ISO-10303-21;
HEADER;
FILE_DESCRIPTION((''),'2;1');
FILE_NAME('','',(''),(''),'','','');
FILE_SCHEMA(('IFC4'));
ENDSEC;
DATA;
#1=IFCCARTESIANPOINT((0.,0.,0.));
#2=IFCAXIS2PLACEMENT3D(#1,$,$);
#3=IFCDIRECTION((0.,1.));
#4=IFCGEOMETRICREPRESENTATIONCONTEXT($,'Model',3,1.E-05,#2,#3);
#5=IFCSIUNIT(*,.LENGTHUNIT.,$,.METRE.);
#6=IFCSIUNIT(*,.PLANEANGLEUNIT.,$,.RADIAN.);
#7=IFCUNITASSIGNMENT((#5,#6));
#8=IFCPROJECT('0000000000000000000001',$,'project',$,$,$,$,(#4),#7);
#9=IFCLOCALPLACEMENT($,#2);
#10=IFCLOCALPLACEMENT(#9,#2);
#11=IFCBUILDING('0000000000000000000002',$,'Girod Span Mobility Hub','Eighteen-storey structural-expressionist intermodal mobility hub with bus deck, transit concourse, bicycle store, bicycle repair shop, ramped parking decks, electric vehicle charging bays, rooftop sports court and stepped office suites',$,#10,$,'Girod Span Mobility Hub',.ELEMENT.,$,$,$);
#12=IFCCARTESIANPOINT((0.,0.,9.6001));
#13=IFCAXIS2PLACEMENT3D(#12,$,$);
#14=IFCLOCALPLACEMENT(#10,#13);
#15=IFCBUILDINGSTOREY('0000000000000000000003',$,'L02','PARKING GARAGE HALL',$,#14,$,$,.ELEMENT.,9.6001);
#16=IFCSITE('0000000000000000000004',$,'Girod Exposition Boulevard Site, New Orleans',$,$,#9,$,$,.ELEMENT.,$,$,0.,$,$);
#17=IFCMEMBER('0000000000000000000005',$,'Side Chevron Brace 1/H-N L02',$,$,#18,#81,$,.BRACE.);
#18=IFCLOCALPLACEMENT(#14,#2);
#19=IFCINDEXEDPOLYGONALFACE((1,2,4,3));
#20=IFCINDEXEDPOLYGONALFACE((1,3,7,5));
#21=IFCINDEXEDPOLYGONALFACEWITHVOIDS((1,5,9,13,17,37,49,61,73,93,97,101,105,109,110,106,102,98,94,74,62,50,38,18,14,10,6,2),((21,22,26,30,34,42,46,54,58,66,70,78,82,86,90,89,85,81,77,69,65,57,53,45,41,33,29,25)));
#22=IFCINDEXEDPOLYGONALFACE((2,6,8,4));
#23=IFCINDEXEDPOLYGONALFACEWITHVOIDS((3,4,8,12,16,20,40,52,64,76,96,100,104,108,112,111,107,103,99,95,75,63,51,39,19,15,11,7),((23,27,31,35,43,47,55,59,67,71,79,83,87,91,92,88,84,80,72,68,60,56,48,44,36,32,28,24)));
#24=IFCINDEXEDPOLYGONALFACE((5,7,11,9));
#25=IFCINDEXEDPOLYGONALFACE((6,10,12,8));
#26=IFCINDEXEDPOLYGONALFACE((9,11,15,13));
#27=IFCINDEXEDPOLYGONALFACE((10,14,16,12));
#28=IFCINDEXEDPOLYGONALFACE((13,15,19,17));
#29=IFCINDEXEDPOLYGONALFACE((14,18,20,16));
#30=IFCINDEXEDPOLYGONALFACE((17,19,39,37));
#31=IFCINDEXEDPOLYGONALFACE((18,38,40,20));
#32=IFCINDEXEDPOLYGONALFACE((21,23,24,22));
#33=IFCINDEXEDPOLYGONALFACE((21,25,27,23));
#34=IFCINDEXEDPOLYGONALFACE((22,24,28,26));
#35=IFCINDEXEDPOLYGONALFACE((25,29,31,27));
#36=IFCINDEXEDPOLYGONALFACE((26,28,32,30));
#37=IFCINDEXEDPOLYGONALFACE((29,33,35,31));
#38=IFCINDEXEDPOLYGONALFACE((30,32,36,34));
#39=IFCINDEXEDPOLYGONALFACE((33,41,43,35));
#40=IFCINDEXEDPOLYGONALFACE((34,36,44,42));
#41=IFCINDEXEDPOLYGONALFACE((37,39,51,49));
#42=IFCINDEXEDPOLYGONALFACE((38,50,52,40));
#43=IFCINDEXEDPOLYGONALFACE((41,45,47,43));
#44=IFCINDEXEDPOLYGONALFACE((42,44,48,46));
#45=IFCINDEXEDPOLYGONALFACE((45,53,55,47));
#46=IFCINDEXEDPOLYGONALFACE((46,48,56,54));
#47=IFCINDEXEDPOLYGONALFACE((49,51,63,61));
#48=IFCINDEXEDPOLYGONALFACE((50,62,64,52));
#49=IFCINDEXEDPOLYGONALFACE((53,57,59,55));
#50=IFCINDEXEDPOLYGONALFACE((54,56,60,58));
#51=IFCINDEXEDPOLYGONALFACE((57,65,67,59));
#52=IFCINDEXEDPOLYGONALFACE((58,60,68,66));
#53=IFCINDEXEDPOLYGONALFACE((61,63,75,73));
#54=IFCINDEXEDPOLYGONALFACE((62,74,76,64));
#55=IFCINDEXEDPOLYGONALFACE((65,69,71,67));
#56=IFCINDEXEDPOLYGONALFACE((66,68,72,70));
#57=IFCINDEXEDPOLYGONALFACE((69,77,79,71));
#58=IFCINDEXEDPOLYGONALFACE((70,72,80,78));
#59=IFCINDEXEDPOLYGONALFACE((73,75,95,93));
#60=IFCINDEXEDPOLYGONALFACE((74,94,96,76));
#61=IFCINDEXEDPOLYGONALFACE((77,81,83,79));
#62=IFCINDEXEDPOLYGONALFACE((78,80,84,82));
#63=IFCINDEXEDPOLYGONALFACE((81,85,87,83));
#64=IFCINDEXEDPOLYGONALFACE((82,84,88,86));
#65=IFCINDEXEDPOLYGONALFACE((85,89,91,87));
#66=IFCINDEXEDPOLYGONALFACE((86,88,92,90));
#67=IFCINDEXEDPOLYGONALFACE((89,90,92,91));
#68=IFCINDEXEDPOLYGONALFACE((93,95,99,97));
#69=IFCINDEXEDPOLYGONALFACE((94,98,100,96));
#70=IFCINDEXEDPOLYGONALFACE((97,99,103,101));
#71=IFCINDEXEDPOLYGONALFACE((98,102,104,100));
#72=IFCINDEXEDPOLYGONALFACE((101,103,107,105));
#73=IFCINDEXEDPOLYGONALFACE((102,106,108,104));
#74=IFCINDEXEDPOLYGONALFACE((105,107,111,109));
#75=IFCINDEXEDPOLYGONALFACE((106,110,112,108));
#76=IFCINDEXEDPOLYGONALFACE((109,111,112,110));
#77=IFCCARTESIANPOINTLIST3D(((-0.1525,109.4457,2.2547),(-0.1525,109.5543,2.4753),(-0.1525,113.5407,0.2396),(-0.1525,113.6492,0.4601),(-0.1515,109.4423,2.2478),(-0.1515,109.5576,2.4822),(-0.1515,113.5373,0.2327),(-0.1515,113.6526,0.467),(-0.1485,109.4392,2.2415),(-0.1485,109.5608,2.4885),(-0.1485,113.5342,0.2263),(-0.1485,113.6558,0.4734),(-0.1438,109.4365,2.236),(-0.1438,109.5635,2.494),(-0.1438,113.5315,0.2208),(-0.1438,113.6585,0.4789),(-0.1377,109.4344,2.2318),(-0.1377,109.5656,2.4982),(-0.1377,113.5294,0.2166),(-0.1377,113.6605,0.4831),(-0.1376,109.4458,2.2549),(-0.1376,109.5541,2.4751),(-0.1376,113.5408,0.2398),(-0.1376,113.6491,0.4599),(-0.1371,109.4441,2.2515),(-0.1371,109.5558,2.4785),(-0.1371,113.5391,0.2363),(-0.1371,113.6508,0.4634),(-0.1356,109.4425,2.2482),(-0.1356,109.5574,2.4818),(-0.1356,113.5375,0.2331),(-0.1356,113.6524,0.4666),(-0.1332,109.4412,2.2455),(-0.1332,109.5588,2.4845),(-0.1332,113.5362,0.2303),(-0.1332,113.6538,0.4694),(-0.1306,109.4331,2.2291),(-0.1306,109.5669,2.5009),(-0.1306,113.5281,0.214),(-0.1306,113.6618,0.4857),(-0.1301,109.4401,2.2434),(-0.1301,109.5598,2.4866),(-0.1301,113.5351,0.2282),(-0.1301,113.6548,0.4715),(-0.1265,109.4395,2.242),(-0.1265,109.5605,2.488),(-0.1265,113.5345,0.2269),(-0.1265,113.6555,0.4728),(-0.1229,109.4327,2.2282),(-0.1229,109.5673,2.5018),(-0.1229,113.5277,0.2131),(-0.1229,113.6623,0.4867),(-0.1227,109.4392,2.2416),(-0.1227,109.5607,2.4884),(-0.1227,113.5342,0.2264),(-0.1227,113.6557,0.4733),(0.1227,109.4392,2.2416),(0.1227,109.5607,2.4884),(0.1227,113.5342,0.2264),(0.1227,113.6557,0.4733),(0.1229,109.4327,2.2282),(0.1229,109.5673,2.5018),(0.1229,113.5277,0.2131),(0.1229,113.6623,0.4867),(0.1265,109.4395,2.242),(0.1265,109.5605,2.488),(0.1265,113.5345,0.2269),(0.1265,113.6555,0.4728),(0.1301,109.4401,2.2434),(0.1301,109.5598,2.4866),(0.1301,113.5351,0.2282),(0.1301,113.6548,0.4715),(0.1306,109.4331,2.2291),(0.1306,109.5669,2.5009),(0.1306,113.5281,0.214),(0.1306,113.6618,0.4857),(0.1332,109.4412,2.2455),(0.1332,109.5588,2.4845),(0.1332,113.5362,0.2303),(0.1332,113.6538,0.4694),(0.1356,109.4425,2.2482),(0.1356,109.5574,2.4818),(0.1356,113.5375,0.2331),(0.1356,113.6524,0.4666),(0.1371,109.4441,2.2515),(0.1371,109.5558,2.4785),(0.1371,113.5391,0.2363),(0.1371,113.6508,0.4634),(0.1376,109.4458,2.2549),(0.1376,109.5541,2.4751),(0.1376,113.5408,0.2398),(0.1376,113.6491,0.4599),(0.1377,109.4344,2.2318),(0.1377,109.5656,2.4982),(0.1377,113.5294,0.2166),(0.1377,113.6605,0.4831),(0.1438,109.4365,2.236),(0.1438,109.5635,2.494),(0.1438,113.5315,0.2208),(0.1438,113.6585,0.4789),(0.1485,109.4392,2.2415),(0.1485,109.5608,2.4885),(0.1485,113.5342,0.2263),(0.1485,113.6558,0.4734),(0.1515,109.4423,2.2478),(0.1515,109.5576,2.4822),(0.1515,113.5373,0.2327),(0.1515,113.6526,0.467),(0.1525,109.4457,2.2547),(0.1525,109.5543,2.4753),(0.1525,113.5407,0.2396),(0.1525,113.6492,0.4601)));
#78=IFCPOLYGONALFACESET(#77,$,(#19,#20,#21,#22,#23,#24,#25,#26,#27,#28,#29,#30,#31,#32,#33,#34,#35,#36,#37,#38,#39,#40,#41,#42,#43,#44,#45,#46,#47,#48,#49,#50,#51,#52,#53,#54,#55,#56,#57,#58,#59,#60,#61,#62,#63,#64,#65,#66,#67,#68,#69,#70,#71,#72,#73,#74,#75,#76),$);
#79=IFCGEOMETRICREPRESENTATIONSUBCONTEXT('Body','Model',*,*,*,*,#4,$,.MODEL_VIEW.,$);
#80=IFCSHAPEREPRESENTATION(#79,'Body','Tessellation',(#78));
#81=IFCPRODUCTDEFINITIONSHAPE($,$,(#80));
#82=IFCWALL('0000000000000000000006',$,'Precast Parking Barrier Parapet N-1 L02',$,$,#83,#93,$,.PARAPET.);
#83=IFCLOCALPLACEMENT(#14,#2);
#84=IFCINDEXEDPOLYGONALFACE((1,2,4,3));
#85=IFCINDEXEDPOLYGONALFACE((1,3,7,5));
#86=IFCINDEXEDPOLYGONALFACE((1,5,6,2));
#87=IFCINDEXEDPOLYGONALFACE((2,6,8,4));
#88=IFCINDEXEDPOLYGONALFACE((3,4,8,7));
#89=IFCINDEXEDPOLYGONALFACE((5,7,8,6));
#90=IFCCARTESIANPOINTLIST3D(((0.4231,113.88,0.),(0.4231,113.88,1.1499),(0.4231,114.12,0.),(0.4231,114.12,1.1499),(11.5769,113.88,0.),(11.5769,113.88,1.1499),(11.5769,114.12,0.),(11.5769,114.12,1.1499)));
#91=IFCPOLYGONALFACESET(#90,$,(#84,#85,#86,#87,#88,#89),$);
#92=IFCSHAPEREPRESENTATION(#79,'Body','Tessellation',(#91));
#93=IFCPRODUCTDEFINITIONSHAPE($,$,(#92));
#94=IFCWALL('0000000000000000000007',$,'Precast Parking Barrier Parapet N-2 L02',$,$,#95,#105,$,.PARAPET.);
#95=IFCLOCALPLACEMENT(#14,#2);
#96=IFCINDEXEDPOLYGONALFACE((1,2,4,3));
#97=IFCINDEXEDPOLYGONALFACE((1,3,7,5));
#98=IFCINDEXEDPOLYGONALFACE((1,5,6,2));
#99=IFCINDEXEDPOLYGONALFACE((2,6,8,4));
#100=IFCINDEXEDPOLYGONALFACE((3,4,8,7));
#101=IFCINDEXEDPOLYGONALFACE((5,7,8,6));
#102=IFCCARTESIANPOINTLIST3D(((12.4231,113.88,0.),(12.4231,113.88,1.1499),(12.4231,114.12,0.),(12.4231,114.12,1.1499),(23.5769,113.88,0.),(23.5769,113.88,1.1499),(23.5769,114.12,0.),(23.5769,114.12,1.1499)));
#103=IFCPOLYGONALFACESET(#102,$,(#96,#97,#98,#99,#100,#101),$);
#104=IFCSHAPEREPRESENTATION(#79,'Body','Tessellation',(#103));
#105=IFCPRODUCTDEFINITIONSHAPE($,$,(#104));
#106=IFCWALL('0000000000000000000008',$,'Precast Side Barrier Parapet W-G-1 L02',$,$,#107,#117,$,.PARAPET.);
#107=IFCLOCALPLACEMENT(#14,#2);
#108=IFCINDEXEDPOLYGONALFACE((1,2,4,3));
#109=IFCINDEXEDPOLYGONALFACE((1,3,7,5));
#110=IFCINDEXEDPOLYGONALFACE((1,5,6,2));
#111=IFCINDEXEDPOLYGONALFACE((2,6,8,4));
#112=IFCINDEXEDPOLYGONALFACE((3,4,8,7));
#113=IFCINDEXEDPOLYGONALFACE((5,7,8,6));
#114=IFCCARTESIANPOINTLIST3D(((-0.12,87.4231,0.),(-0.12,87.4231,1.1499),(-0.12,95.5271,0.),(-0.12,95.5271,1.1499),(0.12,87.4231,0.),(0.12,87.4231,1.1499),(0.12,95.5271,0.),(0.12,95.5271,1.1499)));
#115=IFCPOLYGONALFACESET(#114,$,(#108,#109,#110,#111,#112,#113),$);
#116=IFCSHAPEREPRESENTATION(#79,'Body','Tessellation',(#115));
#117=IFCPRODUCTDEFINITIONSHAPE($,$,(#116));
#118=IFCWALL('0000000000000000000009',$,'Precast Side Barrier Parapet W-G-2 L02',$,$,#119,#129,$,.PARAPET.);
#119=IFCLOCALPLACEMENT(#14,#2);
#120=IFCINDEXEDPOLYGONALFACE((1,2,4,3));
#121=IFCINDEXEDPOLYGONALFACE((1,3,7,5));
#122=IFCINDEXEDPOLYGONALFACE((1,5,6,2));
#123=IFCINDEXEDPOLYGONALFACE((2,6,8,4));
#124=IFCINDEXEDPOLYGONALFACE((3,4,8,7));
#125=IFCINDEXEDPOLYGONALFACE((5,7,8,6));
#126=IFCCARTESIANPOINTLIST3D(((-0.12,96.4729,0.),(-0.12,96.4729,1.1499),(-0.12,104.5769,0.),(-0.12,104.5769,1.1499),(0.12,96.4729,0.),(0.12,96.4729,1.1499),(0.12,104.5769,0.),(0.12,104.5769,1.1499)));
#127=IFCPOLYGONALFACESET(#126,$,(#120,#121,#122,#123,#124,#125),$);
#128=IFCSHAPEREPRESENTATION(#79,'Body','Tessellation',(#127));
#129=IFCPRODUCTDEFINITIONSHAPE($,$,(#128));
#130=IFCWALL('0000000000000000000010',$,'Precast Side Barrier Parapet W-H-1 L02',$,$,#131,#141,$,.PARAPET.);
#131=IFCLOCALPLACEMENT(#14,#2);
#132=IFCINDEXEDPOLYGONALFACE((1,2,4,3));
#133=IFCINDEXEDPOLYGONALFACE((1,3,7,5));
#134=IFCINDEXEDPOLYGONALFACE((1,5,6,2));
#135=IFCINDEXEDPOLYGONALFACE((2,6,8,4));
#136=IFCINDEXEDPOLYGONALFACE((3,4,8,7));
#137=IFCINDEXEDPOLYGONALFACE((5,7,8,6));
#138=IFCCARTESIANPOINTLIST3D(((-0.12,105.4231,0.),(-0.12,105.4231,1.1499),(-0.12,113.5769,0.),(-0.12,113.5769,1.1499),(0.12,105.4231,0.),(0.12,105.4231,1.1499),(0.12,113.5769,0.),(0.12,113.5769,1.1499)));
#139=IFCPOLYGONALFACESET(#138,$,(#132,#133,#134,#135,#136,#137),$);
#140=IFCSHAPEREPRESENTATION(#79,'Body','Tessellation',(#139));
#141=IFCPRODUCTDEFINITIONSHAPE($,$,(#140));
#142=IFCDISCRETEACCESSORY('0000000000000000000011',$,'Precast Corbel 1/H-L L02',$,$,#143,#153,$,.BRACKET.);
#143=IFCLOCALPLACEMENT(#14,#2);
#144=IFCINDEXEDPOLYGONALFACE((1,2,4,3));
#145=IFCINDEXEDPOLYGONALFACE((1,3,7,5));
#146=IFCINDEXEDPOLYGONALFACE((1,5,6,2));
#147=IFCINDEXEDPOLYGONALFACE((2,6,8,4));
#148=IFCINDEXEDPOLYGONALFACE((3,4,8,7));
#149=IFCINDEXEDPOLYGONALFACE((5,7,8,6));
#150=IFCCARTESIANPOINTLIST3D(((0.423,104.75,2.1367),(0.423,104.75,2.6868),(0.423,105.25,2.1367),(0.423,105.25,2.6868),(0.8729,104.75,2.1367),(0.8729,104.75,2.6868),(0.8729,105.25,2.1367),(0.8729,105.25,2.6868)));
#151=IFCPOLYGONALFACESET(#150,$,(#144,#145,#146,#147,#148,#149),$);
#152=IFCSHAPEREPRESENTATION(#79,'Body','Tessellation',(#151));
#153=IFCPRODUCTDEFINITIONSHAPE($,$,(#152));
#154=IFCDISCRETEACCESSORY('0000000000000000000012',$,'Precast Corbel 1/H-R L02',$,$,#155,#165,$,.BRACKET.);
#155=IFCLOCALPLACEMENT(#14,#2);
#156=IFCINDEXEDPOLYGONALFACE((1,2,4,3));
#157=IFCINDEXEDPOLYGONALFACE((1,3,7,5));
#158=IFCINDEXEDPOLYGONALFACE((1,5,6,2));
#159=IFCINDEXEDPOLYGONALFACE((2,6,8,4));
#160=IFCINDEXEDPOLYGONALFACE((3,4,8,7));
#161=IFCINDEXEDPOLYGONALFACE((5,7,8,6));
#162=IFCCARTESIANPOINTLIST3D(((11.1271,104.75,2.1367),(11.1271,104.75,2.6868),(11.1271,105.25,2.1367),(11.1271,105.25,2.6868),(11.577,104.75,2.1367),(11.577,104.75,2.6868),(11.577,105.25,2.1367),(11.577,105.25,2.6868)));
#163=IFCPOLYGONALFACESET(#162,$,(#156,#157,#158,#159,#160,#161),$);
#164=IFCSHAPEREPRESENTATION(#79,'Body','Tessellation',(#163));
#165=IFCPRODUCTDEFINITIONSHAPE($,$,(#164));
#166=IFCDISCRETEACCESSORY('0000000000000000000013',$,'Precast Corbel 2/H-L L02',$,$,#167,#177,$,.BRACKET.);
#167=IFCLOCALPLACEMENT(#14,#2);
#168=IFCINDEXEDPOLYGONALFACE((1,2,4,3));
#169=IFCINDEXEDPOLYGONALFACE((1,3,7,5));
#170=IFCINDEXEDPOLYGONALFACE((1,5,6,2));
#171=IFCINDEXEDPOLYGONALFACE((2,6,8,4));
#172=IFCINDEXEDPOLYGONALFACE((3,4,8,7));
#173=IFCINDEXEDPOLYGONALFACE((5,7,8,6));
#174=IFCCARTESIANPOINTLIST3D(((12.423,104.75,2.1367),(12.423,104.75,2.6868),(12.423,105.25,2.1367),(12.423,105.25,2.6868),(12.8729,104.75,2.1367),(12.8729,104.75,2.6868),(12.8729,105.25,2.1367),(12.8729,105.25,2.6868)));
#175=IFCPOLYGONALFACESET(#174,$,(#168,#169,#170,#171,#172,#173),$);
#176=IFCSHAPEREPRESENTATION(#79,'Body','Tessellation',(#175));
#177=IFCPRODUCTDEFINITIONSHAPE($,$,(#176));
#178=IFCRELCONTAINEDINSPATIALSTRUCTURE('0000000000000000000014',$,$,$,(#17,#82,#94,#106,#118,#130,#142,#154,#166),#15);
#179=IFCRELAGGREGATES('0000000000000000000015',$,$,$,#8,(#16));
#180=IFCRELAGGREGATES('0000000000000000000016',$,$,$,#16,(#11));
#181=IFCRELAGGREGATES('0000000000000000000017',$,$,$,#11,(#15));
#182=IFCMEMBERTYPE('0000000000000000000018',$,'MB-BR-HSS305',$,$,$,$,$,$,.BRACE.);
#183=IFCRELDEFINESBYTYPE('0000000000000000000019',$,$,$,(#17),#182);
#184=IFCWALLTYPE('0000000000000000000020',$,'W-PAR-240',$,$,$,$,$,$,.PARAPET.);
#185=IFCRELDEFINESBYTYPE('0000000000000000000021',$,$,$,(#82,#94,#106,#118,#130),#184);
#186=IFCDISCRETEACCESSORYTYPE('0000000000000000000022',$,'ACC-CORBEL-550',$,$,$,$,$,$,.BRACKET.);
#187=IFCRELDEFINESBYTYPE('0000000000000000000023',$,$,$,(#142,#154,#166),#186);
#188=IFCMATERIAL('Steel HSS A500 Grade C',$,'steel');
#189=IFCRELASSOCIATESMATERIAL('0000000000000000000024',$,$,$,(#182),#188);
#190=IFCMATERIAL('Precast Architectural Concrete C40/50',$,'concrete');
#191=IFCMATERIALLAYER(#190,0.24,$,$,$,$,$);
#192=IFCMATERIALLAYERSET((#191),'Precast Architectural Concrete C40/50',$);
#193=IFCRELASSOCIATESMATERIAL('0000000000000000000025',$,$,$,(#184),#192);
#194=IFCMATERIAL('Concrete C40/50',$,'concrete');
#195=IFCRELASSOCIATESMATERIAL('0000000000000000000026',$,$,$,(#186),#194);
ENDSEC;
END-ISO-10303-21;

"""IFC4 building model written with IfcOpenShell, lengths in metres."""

from ifc_helpers import new_model, si_unit, direction, frame, frame_2d, origin, origin_2d, place, context, subcontext, project, spatial, rectangle, hollow_rectangle, extrude, material, layer, layer_set, material_profile, profile_set, type_object, element, save


model = new_model("IFC4")

# Units and contexts
model_context = context("Model", 3, precision=1e-05, world=origin(), true_north=direction((0.0, 1.0)))
body_context = subcontext(model_context, "Body", "Model", "MODEL_VIEW")
ifc_project = project(units=[si_unit("LENGTHUNIT", "METRE"), si_unit("PLANEANGLEUNIT", "RADIAN")], contexts=[model_context])

# Site, building, storey
site_placement = place(None, origin())
site = spatial("IfcSite", under=ifc_project, at=site_placement, Name="Girod Exposition Boulevard Site, New Orleans", CompositionType="ELEMENT", RefElevation=0.0)
building_placement = place(site_placement, origin())
building = spatial("IfcBuilding", under=site, at=building_placement, Name="Girod Span Mobility Hub", Description="Eighteen-storey structural-expressionist intermodal mobility hub with bus deck, transit concourse, bicycle store, bicycle repair shop, ramped parking decks, electric vehicle charging bays, rooftop sports court and stepped office suites", LongName="Girod Span Mobility Hub", CompositionType="ELEMENT")
storey_placement = place(building_placement, frame((0.0, 0.0, 9.6001)))
storey = spatial("IfcBuildingStorey", under=building, at=storey_placement, Name="L02", Description="PARKING GARAGE HALL", CompositionType="ELEMENT", Elevation=9.6001)

# Member
ifc_material_1 = material(Name="Steel HSS A500 Grade C", Category="steel")
ifc_material_profile_1 = material_profile(ifc_material_1, hollow_rectangle(XDim=0.3049, YDim=0.3049, WallThickness=0.0149, InnerFilletRadius=0.0149, OuterFilletRadius=0.0295, at=origin_2d()), Name="HSS305X305X16")
ifc_profile_set_1 = profile_set([ifc_material_profile_1], Name="Steel HSS A500 Grade C")
member_type = type_object("IfcMemberType", Name="MB-BR-HSS305", PredefinedType="BRACE", material=ifc_profile_set_1)
for number, where, z_axis, x_axis, name in (
    (1, (0.0, 113.595, 0.3499), (0.0, -0.897244, 0.441534), (1.0, 0.0, 0.0), "Side Chevron Brace 1/H-N L02"),
):
    element("IfcMember", number, at=place(storey_placement, frame(where, z_axis=z_axis, x_axis=x_axis)), inside=storey, type_object=member_type, Name=name, PredefinedType="BRACE", context=body_context, shape_type="SweptSolid", body=[
        extrude(hollow_rectangle(XDim=0.3049, YDim=0.3049, WallThickness=0.0149, InnerFilletRadius=0.0149, OuterFilletRadius=0.0295, at=origin_2d()), origin(), (0.0, 0.0, 1.0), 4.564),
    ])

# Walls
ifc_material_2 = material(Name="Precast Architectural Concrete C40/50", Category="concrete")
ifc_layer = layer(ifc_material_2, 0.24)
ifc_layer_set = layer_set([ifc_layer], Name="Precast Architectural Concrete C40/50")
wall_type = type_object("IfcWallType", Name="W-PAR-240", PredefinedType="PARAPET", material=ifc_layer_set)
for number, where, z_axis, x_axis, name in (
    (2, (0.4231, 114.0, 0.0), (0.0, 0.0, 1.0), (1.0, 0.0, 0.0), "Precast Parking Barrier Parapet N-1 L02"),
    (3, (12.4231, 114.0, 0.0), (0.0, 0.0, 1.0), (1.0, 0.0, 0.0), "Precast Parking Barrier Parapet N-2 L02"),
):
    element("IfcWall", number, at=place(storey_placement, frame(where, z_axis=z_axis, x_axis=x_axis)), inside=storey, type_object=wall_type, Name=name, PredefinedType="PARAPET", context=body_context, shape_type="SweptSolid", body=[
        extrude(rectangle(XDim=11.1538, YDim=0.24, at=frame_2d((5.5769, 0.0))), origin(), (0.0, 0.0, 1.0), 1.1499),
    ])
for number, where, z_axis, x_axis, name in (
    (4, (0.0, 87.4231, 0.0), (0.0, 0.0, 1.0), (0.0, 1.0, 0.0), "Precast Side Barrier Parapet W-G-1 L02"),
    (5, (0.0, 96.4729, 0.0), (0.0, 0.0, 1.0), (0.0, 1.0, 0.0), "Precast Side Barrier Parapet W-G-2 L02"),
):
    element("IfcWall", number, at=place(storey_placement, frame(where, z_axis=z_axis, x_axis=x_axis)), inside=storey, type_object=wall_type, Name=name, PredefinedType="PARAPET", context=body_context, shape_type="SweptSolid", body=[
        extrude(rectangle(XDim=8.104, YDim=0.24, at=frame_2d((4.052, 0.0))), origin(), (0.0, 0.0, 1.0), 1.1499),
    ])
wall_placement = place(storey_placement, frame((0.0, 105.4231, 0.0), z_axis=(0.0, 0.0, 1.0), x_axis=(0.0, 1.0, 0.0)))
element("IfcWall", 6, at=wall_placement, inside=storey, type_object=wall_type, Name="Precast Side Barrier Parapet W-H-1 L02", PredefinedType="PARAPET", context=body_context, shape_type="SweptSolid", body=[
    extrude(rectangle(XDim=8.1538, YDim=0.24, at=frame_2d((4.0769, 0.0))), origin(), (0.0, 0.0, 1.0), 1.1499),
])

# Discrete accessories
ifc_material_3 = material(Name="Concrete C40/50", Category="concrete")
discrete_accessory_type = type_object("IfcDiscreteAccessoryType", Name="ACC-CORBEL-550", PredefinedType="BRACKET", material=ifc_material_3)
for number, where, z_axis, x_axis, name in (
    (7, (0.6479, 105.0, 2.1367), (0.0, 0.0, 1.0), (1.0, 0.0, 0.0), "Precast Corbel 1/H-L L02"),
    (8, (11.3521, 105.0, 2.1367), (0.0, 0.0, 1.0), (1.0, 0.0, 0.0), "Precast Corbel 1/H-R L02"),
    (9, (12.6479, 105.0, 2.1367), (0.0, 0.0, 1.0), (1.0, 0.0, 0.0), "Precast Corbel 2/H-L L02"),
):
    element("IfcDiscreteAccessory", number, at=place(storey_placement, frame(where, z_axis=z_axis, x_axis=x_axis)), inside=storey, type_object=discrete_accessory_type, Name=name, PredefinedType="BRACKET", context=body_context, shape_type="SweptSolid", body=[
        extrude(rectangle(XDim=0.45, YDim=0.5, at=origin_2d()), origin(), (0.0, 0.0, 1.0), 0.55),
    ])

save(model, "model.ifc")
